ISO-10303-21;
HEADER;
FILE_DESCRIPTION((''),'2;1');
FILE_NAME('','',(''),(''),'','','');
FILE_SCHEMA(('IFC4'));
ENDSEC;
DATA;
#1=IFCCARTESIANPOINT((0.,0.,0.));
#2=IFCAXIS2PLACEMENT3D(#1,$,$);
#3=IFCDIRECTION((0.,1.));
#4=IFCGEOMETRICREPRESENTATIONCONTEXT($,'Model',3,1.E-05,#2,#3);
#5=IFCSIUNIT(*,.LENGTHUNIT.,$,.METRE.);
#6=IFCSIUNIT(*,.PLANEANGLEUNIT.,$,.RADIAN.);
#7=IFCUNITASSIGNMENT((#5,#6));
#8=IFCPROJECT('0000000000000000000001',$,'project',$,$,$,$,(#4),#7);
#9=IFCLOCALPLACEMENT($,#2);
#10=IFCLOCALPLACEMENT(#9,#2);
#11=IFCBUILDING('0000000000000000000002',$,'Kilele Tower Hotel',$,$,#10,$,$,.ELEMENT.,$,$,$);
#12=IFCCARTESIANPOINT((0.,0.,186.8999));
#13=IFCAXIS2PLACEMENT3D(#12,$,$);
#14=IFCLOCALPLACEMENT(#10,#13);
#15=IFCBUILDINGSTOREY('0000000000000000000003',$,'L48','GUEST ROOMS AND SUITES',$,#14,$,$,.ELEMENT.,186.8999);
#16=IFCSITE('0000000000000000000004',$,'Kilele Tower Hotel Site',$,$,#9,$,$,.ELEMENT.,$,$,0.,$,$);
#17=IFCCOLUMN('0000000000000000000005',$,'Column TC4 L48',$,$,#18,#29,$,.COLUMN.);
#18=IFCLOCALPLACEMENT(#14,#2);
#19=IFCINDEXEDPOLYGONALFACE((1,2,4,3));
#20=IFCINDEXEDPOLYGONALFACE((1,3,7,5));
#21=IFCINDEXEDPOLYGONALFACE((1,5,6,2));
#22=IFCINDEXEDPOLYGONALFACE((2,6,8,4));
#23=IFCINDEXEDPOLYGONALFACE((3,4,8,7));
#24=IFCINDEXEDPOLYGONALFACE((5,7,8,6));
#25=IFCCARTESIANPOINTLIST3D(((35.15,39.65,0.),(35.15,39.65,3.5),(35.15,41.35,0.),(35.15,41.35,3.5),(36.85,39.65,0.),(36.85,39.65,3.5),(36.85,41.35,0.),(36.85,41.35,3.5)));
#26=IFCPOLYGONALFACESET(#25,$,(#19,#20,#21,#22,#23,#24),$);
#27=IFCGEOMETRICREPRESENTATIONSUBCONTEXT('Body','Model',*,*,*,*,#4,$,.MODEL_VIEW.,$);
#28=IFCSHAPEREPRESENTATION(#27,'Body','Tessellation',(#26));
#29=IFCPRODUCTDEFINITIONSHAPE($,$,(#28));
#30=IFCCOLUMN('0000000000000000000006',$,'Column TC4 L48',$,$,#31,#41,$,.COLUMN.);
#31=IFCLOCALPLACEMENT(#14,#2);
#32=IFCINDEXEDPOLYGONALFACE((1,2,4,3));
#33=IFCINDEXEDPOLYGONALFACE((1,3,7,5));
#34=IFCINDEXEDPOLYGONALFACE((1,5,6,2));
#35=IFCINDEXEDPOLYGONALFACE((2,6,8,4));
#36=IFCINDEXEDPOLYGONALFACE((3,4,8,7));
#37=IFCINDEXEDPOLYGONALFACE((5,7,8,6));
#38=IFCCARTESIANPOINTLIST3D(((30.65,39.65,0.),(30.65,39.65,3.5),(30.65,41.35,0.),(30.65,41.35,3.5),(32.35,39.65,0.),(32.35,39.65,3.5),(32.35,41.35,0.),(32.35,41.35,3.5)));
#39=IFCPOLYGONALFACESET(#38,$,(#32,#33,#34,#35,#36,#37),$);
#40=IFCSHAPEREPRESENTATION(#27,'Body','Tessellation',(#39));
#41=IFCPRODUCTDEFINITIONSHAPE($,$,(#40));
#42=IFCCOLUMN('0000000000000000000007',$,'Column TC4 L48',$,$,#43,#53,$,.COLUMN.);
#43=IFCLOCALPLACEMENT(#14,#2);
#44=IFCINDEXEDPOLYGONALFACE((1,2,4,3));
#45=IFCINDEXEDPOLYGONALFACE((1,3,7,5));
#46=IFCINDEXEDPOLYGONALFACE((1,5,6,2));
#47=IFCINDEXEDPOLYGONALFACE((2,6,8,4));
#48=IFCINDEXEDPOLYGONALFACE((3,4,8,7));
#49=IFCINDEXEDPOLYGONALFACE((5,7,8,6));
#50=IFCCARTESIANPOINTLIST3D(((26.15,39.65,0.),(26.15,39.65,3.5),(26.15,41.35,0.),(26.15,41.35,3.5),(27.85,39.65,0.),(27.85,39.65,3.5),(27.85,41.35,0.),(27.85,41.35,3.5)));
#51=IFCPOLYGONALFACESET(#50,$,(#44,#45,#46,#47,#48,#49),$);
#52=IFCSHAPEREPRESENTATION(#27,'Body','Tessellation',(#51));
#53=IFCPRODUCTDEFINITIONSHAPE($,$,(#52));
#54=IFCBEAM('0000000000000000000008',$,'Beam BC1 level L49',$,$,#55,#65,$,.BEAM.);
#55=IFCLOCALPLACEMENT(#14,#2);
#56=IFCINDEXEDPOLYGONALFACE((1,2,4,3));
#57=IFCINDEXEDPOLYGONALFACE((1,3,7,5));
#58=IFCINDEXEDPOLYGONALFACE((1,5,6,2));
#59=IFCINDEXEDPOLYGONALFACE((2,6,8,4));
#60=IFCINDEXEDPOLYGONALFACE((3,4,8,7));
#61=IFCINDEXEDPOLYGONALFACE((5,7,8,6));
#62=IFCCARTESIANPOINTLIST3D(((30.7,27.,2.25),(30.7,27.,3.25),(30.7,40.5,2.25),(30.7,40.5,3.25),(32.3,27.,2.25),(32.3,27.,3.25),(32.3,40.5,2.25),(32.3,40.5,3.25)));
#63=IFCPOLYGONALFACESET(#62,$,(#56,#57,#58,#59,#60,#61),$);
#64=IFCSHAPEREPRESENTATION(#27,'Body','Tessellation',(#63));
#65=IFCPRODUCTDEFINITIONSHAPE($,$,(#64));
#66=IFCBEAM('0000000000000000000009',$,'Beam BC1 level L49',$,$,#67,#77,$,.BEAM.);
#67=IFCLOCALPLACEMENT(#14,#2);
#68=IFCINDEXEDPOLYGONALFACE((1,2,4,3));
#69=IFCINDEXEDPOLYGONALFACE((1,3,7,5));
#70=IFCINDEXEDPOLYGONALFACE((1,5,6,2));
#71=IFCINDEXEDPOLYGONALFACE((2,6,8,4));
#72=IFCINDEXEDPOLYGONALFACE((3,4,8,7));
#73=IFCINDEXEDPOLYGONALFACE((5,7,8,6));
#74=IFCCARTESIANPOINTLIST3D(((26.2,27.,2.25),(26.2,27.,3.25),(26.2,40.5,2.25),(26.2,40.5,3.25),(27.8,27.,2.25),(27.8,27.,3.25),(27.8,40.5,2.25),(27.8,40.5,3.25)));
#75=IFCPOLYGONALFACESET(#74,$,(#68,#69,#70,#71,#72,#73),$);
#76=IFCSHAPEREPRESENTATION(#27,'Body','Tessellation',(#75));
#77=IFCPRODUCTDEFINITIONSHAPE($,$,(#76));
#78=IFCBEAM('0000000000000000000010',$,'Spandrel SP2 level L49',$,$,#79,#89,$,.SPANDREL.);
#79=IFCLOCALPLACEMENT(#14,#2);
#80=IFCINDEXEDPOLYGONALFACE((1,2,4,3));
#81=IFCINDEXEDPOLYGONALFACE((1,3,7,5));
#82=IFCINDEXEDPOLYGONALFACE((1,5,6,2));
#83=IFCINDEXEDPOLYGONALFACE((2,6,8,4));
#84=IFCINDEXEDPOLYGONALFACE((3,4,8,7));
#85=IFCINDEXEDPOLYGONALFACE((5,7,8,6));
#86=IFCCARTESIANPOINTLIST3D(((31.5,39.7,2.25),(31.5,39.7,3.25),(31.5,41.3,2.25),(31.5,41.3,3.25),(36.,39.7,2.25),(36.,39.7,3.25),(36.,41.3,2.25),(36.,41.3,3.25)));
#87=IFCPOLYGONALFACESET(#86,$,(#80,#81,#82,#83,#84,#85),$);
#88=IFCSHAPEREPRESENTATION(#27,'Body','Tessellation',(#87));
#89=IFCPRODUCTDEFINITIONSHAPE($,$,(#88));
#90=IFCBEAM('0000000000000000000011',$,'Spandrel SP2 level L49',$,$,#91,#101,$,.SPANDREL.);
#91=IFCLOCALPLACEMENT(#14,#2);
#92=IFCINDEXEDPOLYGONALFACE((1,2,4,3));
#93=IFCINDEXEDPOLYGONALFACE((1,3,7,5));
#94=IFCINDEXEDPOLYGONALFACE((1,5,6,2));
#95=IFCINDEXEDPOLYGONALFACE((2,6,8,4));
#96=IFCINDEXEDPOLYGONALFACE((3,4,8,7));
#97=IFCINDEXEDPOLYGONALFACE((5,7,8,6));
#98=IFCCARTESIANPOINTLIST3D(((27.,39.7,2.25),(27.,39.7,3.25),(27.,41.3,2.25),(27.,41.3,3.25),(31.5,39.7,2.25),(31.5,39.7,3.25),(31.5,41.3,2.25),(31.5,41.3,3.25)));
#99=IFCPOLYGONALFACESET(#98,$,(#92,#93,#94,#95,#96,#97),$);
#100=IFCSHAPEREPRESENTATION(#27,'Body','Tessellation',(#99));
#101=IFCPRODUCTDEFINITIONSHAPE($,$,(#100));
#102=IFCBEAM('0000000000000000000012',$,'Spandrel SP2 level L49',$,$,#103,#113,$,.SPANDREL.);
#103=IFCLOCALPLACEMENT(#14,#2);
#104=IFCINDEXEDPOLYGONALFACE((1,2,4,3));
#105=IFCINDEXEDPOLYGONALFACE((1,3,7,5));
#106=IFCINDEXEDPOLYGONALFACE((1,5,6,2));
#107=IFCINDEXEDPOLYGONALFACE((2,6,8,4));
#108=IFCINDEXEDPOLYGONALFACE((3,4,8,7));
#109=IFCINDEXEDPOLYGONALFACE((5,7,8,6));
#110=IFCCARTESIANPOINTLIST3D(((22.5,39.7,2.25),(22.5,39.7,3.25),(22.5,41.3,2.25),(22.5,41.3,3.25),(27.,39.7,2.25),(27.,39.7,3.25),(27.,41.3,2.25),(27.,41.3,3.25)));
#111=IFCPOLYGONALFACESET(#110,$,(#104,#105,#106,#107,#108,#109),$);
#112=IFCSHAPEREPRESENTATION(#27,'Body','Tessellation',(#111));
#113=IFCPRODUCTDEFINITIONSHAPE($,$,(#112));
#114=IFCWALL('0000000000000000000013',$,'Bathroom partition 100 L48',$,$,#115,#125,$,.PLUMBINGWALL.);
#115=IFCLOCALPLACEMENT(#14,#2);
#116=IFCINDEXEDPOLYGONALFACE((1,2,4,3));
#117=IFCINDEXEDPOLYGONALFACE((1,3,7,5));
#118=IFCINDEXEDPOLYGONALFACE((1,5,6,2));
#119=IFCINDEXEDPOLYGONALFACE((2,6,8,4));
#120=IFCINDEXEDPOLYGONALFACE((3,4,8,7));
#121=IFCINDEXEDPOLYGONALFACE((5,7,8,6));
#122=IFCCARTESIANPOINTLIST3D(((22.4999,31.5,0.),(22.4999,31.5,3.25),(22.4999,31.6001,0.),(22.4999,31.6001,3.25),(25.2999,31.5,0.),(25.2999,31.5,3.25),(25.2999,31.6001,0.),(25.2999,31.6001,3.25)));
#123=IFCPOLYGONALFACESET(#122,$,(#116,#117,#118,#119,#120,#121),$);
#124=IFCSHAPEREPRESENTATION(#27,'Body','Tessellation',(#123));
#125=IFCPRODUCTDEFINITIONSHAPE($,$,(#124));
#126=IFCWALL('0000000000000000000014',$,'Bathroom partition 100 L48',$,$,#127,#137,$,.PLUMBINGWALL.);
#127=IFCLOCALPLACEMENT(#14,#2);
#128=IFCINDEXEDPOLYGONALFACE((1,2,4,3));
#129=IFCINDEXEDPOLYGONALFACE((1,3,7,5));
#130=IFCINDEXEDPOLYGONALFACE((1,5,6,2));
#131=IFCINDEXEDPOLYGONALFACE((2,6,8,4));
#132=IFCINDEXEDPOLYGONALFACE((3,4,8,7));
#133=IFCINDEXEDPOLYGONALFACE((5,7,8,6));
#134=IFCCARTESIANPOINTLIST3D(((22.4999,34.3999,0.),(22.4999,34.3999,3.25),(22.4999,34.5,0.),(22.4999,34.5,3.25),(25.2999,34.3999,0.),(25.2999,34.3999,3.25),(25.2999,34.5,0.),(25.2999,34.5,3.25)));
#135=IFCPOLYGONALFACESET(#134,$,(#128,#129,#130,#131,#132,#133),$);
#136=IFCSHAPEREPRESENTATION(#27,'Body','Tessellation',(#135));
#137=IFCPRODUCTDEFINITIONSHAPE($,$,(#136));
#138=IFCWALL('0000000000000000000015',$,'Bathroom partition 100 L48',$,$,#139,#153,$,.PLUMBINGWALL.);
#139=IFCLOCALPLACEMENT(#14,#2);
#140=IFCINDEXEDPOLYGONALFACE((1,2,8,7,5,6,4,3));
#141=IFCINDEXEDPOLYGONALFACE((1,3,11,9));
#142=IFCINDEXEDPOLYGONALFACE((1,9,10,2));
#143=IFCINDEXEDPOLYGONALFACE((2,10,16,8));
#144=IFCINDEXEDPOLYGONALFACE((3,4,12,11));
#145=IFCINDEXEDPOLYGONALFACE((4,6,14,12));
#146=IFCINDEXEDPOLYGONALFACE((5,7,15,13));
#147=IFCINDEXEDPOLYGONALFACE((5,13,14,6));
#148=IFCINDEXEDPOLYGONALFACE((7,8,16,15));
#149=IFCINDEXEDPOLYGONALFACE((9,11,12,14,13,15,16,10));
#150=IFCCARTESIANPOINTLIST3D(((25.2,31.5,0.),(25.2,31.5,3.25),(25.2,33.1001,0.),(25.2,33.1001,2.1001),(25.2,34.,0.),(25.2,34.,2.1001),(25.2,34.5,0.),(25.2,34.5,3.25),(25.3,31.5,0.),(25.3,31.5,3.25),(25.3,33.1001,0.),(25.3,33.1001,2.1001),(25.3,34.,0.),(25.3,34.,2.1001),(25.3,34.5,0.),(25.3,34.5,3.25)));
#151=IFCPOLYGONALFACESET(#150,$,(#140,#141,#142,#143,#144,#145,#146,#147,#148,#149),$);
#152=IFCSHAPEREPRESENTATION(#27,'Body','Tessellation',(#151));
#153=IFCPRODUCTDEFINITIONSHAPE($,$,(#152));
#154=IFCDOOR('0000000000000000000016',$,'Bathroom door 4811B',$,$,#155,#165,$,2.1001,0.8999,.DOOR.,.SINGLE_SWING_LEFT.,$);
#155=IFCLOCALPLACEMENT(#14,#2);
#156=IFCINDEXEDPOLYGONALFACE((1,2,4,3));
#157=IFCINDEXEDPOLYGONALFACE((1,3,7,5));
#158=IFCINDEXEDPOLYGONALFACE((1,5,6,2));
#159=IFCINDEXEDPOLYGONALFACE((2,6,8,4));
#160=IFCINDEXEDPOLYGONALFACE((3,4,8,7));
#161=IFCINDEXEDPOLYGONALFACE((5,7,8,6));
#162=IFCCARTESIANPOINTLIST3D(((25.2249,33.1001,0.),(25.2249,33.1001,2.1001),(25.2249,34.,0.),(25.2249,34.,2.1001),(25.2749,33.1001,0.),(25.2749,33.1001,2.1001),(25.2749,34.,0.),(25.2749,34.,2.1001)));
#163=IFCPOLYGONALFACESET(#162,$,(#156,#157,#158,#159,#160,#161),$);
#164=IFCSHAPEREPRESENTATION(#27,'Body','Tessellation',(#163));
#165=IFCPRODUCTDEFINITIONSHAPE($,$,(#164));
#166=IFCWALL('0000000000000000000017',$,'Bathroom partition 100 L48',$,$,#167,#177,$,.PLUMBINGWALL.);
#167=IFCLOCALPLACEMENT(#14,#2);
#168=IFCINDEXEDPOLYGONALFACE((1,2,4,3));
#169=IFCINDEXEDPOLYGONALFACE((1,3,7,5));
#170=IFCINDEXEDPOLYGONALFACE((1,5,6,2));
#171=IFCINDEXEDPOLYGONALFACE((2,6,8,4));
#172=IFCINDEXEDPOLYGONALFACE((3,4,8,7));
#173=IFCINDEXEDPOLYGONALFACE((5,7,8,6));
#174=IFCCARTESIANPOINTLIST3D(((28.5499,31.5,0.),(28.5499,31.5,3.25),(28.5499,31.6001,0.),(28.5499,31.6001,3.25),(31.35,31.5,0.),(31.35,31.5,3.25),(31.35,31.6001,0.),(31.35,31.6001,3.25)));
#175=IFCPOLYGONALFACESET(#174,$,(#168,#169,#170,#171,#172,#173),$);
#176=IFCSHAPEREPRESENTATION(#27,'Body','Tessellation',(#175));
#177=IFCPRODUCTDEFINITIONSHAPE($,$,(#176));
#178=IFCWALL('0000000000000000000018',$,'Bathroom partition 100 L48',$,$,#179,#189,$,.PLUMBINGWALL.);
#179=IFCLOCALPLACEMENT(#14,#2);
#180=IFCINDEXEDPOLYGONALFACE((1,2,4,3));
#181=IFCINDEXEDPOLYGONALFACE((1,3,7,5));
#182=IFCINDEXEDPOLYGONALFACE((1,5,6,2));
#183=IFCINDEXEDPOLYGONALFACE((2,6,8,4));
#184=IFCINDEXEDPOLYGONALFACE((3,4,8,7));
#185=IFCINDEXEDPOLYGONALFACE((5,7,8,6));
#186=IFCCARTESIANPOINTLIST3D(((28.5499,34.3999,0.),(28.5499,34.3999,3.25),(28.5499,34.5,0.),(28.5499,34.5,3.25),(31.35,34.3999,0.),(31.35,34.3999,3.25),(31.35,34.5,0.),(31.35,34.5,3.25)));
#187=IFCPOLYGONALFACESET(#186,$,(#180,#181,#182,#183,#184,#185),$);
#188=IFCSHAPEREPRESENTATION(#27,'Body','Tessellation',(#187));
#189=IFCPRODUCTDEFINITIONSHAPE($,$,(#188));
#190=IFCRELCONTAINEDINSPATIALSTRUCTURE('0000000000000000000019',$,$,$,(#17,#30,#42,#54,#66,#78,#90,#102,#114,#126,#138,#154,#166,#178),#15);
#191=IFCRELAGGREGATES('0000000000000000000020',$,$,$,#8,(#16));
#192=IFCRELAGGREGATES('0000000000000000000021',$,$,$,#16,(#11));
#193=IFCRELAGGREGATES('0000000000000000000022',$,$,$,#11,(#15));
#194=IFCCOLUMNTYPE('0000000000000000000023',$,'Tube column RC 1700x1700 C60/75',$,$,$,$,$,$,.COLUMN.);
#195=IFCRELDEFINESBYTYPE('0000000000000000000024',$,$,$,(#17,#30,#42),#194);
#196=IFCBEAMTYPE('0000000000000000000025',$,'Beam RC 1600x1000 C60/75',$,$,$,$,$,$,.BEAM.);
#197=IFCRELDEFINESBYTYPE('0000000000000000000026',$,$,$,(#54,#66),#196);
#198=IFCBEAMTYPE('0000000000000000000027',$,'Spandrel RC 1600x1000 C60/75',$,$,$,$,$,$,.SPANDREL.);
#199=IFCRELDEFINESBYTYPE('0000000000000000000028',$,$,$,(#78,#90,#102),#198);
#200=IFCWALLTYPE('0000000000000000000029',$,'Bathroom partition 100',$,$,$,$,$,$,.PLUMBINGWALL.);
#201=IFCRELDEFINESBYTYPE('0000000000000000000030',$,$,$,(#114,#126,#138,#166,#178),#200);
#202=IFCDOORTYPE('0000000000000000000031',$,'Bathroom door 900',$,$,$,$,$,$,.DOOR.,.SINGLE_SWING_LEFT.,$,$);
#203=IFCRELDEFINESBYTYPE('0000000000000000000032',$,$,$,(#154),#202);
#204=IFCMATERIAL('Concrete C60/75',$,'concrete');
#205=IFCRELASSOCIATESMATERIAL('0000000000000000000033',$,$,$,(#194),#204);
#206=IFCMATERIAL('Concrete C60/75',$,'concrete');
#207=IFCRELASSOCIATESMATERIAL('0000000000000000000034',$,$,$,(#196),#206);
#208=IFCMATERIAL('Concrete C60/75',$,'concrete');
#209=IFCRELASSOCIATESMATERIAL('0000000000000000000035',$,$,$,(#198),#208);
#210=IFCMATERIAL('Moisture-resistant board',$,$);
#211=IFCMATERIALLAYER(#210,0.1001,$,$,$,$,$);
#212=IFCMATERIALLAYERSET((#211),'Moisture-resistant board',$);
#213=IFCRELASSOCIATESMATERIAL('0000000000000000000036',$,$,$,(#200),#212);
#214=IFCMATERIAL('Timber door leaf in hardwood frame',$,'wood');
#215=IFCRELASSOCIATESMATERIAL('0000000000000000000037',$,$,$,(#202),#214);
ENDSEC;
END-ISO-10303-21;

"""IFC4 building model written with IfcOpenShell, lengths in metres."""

from ifc_helpers import new_model, si_unit, direction, frame, frame_2d, origin, origin_2d, place, context, subcontext, project, spatial, rectangle, extrude, material, layer, layer_set, material_profile, profile_set, type_object, element, fill, save


model = new_model("IFC4")

# Units and contexts
model_context = context("Model", 3, precision=1e-05, world=origin(), true_north=direction((0.0, 1.0)))
body_context = subcontext(model_context, "Body", "Model", "MODEL_VIEW")
ifc_project = project(units=[si_unit("LENGTHUNIT", "METRE"), si_unit("PLANEANGLEUNIT", "RADIAN")], contexts=[model_context])

# Site, building, storey
site_placement = place(None, origin())
site = spatial("IfcSite", under=ifc_project, at=site_placement, Name="Kilele Tower Hotel Site", CompositionType="ELEMENT", RefElevation=0.0)
building_placement = place(site_placement, origin())
building = spatial("IfcBuilding", under=site, at=building_placement, Name="Kilele Tower Hotel", CompositionType="ELEMENT")
storey_placement = place(building_placement, frame((0.0, 0.0, 186.8999)))
storey = spatial("IfcBuildingStorey", under=building, at=storey_placement, Name="L48", Description="GUEST ROOMS AND SUITES", CompositionType="ELEMENT", Elevation=186.8999)

# Columns
ifc_material_1 = material(Name="Concrete C60/75", Category="concrete")
ifc_material_profile_1 = material_profile(ifc_material_1, rectangle(XDim=1.7, YDim=1.7, at=origin_2d()))
ifc_profile_set_1 = profile_set([ifc_material_profile_1], Name="Concrete C60/75")
column_type = type_object("IfcColumnType", Name="Tube column RC 1700x1700 C60/75", PredefinedType="COLUMN", material=ifc_profile_set_1)
for number, where, z_axis, x_axis, name in (
    (1, (36.0, 40.5, 0.0), (0.0, 0.0, 1.0), (1.0, 0.0, 0.0), "Column TC4 L48"),
    (2, (31.5, 40.5, 0.0), (0.0, 0.0, 1.0), (1.0, 0.0, 0.0), "Column TC4 L48"),
    (3, (27.0, 40.5, 0.0), (0.0, 0.0, 1.0), (1.0, 0.0, 0.0), "Column TC4 L48"),
):
    element("IfcColumn", number, at=place(storey_placement, frame(where, z_axis=z_axis, x_axis=x_axis)), inside=storey, type_object=column_type, Name=name, PredefinedType="COLUMN", context=body_context, shape_type="SweptSolid", body=[
        extrude(rectangle(XDim=1.7, YDim=1.7, at=origin_2d()), origin(), (0.0, 0.0, 1.0), 3.5),
    ])

# Beams
ifc_material_2 = material(Name="Concrete C60/75", Category="concrete")
ifc_material_profile_2 = material_profile(ifc_material_2, rectangle(XDim=1.6001, YDim=1.0, at=origin_2d()))
ifc_profile_set_2 = profile_set([ifc_material_profile_2], Name="Concrete C60/75")
beam_type_1 = type_object("IfcBeamType", Name="Beam RC 1600x1000 C60/75", PredefinedType="BEAM", material=ifc_profile_set_2)
for number, where, z_axis, x_axis, name in (
    (4, (31.5, 40.5, 2.75), (0.0, -1.0, 0.0), (1.0, 0.0, 0.0), "Beam BC1 level L49"),
    (5, (27.0, 40.5, 2.75), (0.0, -1.0, 0.0), (1.0, 0.0, 0.0), "Beam BC1 level L49"),
):
    element("IfcBeam", number, at=place(storey_placement, frame(where, z_axis=z_axis, x_axis=x_axis)), inside=storey, type_object=beam_type_1, Name=name, PredefinedType="BEAM", context=body_context, shape_type="SweptSolid", body=[
        extrude(rectangle(XDim=1.6001, YDim=1.0, at=origin_2d()), origin(), (0.0, 0.0, 1.0), 13.5),
    ])
ifc_material_3 = material(Name="Concrete C60/75", Category="concrete")
ifc_material_profile_3 = material_profile(ifc_material_3, rectangle(XDim=1.6001, YDim=1.0, at=origin_2d()))
ifc_profile_set_3 = profile_set([ifc_material_profile_3], Name="Concrete C60/75")
beam_type_2 = type_object("IfcBeamType", Name="Spandrel RC 1600x1000 C60/75", PredefinedType="SPANDREL", material=ifc_profile_set_3)
for number, where, z_axis, x_axis, name in (
    (6, (36.0, 40.5, 2.75), (-1.0, 0.0, 0.0), (0.0, -1.0, 0.0), "Spandrel SP2 level L49"),
    (7, (31.5, 40.5, 2.75), (-1.0, 0.0, 0.0), (0.0, -1.0, 0.0), "Spandrel SP2 level L49"),
    (8, (27.0, 40.5, 2.75), (-1.0, 0.0, 0.0), (0.0, -1.0, 0.0), "Spandrel SP2 level L49"),
):
    element("IfcBeam", number, at=place(storey_placement, frame(where, z_axis=z_axis, x_axis=x_axis)), inside=storey, type_object=beam_type_2, Name=name, PredefinedType="SPANDREL", context=body_context, shape_type="SweptSolid", body=[
        extrude(rectangle(XDim=1.6001, YDim=1.0, at=origin_2d()), origin(), (0.0, 0.0, 1.0), 4.5),
    ])

# Walls
ifc_material_4 = material(Name="Moisture-resistant board")
ifc_layer_1 = layer(ifc_material_4, 0.1001)
ifc_layer_set_1 = layer_set([ifc_layer_1], Name="Moisture-resistant board")
wall_type_1 = type_object("IfcWallType", Name="Bathroom partition 100", PredefinedType="PLUMBINGWALL", material=ifc_layer_set_1)
for number, where, z_axis, x_axis, name in (
    (9, (22.5, 31.55, 0.0), (0.0, 0.0, 1.0), (1.0, 0.0, 0.0), "Bathroom partition 100 L48"),
    (10, (22.5, 34.45, 0.0), (0.0, 0.0, 1.0), (1.0, 0.0, 0.0), "Bathroom partition 100 L48"),
):
    element("IfcWall", number, at=place(storey_placement, frame(where, z_axis=z_axis, x_axis=x_axis)), inside=storey, type_object=wall_type_1, Name=name, PredefinedType="PLUMBINGWALL", context=body_context, shape_type="SweptSolid", body=[
        extrude(rectangle(XDim=2.8, YDim=0.1001, at=frame_2d((1.3999, 0.0))), origin(), (0.0, 0.0, 1.0), 3.25),
    ])

# Wall, opening, door
wall_1_placement = place(storey_placement, frame((25.25, 31.5, 0.0), z_axis=(0.0, 0.0, 1.0), x_axis=(0.0, 1.0, 0.0)))
wall_1 = element("IfcWall", 11, at=wall_1_placement, inside=storey, type_object=wall_type_1, Name="Bathroom partition 100 L48", PredefinedType="PLUMBINGWALL", context=body_context, shape_type="SweptSolid", body=[
    extrude(rectangle(XDim=3.0, YDim=0.1001, at=frame_2d((1.5, 0.0))), origin(), (0.0, 0.0, 1.0), 3.25),
])
opening_1_placement = place(wall_1_placement, frame((2.5, 0.0, 0.0), z_axis=(0.0, 0.0, 1.0), x_axis=(-1.0, 0.0, 0.0)))
opening_1 = element("IfcOpeningElement", 12, at=opening_1_placement, cuts=wall_1, PredefinedType="OPENING", context=body_context, shape_type="SweptSolid", body=[
    extrude(rectangle(XDim=0.8999, YDim=2.1001, at=frame_2d((0.45, 1.05))), frame((0.0, 0.0601, 0.0), z_axis=(0.0, -1.0, 0.0), x_axis=(1.0, 0.0, 0.0)), (0.0, 0.0, 1.0), 0.1201),
])
ifc_material_5 = material(Name="Timber door leaf in hardwood frame", Category="wood")
door_type_1 = type_object("IfcDoorType", Name="Bathroom door 900", OperationType="SINGLE_SWING_LEFT", PredefinedType="DOOR", material=ifc_material_5)
door_1_placement = place(opening_1_placement, origin())
door_1 = element("IfcDoor", 13, at=door_1_placement, inside=storey, type_object=door_type_1, Name="Bathroom door 4811B", OperationType="SINGLE_SWING_LEFT", OverallHeight=2.1001, OverallWidth=0.8999, PredefinedType="DOOR", context=body_context, shape_type="SweptSolid", body=[
    extrude(rectangle(XDim=0.8999, YDim=2.1001, at=frame_2d((0.45, 1.05))), frame((0.0, 0.0249, 0.0), z_axis=(0.0, -1.0, 0.0), x_axis=(1.0, 0.0, 0.0)), (0.0, 0.0, 1.0), 0.05),
])
fill(opening_1, door_1)

# Walls
for number, where, z_axis, x_axis, name in (
    (14, (28.55, 31.55, 0.0), (0.0, 0.0, 1.0), (1.0, 0.0, 0.0), "Bathroom partition 100 L48"),
    (15, (28.55, 34.45, 0.0), (0.0, 0.0, 1.0), (1.0, 0.0, 0.0), "Bathroom partition 100 L48"),
):
    element("IfcWall", number, at=place(storey_placement, frame(where, z_axis=z_axis, x_axis=x_axis)), inside=storey, type_object=wall_type_1, Name=name, PredefinedType="PLUMBINGWALL", context=body_context, shape_type="SweptSolid", body=[
        extrude(rectangle(XDim=2.8, YDim=0.1001, at=frame_2d((1.3999, 0.0))), origin(), (0.0, 0.0, 1.0), 3.25),
    ])

save(model, "model.ifc")
